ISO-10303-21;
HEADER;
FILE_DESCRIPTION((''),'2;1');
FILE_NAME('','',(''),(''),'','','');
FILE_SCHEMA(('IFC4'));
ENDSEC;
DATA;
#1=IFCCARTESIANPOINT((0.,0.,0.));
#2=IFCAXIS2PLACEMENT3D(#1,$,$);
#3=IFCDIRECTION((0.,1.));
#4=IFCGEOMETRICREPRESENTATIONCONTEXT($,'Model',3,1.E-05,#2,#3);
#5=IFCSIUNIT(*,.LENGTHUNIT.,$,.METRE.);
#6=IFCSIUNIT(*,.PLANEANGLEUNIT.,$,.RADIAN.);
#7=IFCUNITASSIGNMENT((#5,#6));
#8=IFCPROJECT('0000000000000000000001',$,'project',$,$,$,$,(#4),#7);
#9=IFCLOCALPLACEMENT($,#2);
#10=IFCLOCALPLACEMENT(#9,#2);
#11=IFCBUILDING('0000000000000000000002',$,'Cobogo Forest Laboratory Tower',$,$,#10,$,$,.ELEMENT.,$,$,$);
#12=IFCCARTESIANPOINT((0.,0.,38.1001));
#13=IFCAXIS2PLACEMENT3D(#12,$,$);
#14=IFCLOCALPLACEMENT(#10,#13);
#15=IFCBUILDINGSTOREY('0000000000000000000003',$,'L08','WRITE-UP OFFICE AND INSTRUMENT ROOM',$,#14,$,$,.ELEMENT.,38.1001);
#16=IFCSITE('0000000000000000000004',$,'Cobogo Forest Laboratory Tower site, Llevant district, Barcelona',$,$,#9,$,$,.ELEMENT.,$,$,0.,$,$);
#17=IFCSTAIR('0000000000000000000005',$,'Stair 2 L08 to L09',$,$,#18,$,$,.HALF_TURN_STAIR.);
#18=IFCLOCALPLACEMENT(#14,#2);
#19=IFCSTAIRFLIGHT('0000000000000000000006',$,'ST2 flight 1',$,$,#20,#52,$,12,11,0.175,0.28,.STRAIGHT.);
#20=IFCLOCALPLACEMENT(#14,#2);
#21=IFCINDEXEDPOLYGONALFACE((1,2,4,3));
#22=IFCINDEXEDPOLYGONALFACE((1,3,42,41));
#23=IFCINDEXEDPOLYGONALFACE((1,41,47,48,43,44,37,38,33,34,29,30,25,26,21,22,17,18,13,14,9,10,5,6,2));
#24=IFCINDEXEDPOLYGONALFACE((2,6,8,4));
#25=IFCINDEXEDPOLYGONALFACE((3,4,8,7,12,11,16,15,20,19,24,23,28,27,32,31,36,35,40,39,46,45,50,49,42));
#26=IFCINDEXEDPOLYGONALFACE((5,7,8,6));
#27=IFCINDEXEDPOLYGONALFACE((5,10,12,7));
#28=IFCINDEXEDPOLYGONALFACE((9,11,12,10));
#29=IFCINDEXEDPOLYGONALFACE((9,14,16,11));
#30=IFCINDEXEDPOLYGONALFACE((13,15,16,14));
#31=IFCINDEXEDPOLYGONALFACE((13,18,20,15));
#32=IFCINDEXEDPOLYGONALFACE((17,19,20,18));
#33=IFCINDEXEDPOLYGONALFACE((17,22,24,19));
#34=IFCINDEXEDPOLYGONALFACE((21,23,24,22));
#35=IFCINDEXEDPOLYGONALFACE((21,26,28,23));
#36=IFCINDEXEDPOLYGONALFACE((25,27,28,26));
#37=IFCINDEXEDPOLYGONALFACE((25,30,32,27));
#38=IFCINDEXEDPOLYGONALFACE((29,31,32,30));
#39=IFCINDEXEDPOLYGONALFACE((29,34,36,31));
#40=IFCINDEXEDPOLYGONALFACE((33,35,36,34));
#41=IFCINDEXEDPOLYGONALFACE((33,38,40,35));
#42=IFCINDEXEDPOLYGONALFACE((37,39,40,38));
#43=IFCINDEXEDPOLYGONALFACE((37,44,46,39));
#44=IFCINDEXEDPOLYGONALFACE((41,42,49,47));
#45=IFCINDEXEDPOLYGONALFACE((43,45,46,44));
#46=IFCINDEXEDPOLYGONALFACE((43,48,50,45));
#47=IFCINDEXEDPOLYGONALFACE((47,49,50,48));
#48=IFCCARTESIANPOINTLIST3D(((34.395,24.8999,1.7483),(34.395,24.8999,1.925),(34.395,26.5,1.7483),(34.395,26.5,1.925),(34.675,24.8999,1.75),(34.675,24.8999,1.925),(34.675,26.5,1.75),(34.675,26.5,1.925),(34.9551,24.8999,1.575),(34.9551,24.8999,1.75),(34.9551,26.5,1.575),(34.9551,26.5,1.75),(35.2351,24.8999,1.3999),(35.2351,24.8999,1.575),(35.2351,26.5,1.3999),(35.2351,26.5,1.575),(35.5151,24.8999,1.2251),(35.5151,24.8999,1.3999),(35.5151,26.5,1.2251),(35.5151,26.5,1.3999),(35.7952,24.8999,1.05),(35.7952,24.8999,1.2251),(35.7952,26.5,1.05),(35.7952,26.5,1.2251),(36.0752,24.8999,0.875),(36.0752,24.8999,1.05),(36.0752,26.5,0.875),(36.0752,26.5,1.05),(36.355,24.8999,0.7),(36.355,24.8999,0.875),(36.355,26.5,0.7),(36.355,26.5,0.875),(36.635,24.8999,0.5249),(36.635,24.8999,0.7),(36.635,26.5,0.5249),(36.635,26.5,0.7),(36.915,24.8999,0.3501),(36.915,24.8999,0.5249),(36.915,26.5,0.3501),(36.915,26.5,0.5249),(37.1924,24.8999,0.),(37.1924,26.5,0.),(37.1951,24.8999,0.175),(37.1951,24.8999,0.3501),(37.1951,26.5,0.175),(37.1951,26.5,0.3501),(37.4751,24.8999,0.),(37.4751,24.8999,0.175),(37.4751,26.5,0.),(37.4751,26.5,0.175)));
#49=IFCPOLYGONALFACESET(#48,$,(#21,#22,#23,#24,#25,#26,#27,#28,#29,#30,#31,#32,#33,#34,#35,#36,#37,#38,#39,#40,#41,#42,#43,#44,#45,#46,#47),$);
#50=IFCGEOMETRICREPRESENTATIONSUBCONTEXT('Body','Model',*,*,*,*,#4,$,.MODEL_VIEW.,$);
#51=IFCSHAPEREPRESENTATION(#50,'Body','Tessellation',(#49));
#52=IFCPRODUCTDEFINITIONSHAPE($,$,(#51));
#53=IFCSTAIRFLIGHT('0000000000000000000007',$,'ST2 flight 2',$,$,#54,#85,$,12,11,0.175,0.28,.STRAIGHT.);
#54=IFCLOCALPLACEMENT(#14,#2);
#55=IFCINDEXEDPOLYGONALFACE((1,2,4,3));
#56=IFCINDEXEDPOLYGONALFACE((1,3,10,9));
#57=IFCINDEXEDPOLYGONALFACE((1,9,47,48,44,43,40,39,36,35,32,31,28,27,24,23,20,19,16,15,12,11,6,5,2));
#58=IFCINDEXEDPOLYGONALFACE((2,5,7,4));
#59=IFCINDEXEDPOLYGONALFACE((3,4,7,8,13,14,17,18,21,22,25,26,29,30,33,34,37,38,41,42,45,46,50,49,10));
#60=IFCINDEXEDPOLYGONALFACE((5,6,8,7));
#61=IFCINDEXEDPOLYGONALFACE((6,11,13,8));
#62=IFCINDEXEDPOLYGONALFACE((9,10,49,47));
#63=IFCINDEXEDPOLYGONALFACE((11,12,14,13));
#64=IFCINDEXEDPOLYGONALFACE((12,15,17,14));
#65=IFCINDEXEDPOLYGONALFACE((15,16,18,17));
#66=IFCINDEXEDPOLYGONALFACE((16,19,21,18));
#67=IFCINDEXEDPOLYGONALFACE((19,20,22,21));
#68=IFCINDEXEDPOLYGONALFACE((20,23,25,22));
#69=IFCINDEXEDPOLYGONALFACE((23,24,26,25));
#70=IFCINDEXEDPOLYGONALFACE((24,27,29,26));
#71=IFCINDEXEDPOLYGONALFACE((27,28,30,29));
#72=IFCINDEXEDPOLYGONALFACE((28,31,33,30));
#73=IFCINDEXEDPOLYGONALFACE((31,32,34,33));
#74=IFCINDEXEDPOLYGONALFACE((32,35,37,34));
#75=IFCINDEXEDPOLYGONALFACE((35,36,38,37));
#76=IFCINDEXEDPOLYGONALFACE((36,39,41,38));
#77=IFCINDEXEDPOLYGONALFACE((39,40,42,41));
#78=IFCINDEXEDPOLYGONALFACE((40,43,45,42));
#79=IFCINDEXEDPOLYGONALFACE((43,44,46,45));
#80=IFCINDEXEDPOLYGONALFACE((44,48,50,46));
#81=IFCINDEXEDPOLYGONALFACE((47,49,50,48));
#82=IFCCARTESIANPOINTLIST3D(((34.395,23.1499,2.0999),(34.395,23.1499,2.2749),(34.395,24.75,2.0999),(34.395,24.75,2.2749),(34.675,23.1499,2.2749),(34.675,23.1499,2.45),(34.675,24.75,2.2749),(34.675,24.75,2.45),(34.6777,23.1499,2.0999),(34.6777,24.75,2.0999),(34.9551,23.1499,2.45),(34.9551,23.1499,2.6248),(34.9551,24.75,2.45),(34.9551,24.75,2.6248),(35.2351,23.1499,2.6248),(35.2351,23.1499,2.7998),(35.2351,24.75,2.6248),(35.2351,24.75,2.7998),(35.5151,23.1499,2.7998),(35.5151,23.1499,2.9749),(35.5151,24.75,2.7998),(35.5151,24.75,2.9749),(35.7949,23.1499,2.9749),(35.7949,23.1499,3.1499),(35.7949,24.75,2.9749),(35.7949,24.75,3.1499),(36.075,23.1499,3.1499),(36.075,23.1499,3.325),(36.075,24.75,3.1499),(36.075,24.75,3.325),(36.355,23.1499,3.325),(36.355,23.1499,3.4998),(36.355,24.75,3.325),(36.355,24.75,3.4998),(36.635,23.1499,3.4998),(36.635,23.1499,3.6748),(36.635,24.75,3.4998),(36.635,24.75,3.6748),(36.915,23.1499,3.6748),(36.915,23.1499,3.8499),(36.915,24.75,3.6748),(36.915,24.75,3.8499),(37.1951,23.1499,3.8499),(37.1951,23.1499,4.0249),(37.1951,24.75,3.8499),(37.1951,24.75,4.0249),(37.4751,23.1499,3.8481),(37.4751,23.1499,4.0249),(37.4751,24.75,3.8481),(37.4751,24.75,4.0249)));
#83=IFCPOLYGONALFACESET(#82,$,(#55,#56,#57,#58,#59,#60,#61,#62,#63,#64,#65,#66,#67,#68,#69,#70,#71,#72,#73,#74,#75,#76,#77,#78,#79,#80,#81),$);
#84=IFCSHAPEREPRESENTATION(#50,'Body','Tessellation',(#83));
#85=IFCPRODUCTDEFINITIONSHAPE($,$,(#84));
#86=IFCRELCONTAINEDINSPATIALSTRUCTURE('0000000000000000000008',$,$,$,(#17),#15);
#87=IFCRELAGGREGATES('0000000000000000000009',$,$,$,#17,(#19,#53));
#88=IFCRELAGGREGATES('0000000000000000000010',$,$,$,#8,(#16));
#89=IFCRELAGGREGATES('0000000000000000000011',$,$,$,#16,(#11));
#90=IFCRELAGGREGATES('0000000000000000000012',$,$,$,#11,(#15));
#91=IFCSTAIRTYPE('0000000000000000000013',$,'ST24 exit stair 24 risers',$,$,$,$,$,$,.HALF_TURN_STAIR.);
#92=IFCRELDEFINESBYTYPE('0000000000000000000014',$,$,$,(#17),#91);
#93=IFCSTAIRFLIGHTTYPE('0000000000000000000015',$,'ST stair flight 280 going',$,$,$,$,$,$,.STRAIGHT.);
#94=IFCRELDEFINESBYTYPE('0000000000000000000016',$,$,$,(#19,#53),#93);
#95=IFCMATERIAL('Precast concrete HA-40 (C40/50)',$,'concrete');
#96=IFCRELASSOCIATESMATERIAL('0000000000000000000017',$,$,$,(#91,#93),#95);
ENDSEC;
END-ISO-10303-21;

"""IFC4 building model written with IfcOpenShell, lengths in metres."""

from ifc_helpers import new_model, si_unit, direction, frame, origin, place, context, subcontext, project, spatial, polyline, outline, extrude, material, type_object, element, aggregate, save


model = new_model("IFC4")

# Units and contexts
model_context = context("Model", 3, precision=1e-05, world=origin(), true_north=direction((0.0, 1.0)))
body_context = subcontext(model_context, "Body", "Model", "MODEL_VIEW")
ifc_project = project(units=[si_unit("LENGTHUNIT", "METRE"), si_unit("PLANEANGLEUNIT", "RADIAN")], contexts=[model_context])

# Site, building, storey
site_placement = place(None, origin())
site = spatial("IfcSite", under=ifc_project, at=site_placement, Name="Cobogo Forest Laboratory Tower site, Llevant district, Barcelona", CompositionType="ELEMENT", RefElevation=0.0)
building_placement = place(site_placement, origin())
building = spatial("IfcBuilding", under=site, at=building_placement, Name="Cobogo Forest Laboratory Tower", CompositionType="ELEMENT")
storey_placement = place(building_placement, frame((0.0, 0.0, 38.1001)))
storey = spatial("IfcBuildingStorey", under=building, at=storey_placement, Name="L08", Description="WRITE-UP OFFICE AND INSTRUMENT ROOM", CompositionType="ELEMENT", Elevation=38.1001)

# Stair, stair flights
ifc_material_1 = material(Name="Precast concrete HA-40 (C40/50)", Category="concrete")
stair_type = type_object("IfcStairType", Name="ST24 exit stair 24 risers", PredefinedType="HALF_TURN_STAIR", material=ifc_material_1)
stair_placement = place(storey_placement, origin())
stair = element("IfcStair", 1, at=stair_placement, inside=storey, type_object=stair_type, Name="Stair 2 L08 to L09", PredefinedType="HALF_TURN_STAIR")
stair_flight_type = type_object("IfcStairFlightType", Name="ST stair flight 280 going", PredefinedType="STRAIGHT", material=ifc_material_1)
stair_flight_1_placement = place(storey_placement, frame((37.4751, 25.7, 0.0), z_axis=(0.0, 0.0, 1.0), x_axis=(-1.0, 0.0, 0.0)))
stair_flight_1 = element("IfcStairFlight", 2, at=stair_flight_1_placement, type_object=stair_flight_type, Name="ST2 flight 1", NumberOfRisers=12, NumberOfTreads=11, PredefinedType="STRAIGHT", RiserHeight=0.175, TreadLength=0.28, context=body_context, shape_type="SweptSolid", body=[
    extrude(outline(polyline([(0.0, 0.0), (0.0, 0.175), (0.28, 0.175), (0.28, 0.3501), (0.5601, 0.3501), (0.5601, 0.5249), (0.8401, 0.5249), (0.8401, 0.7), (1.1201, 0.7), (1.1201, 0.875), (1.3999, 0.875), (1.3999, 1.05), (1.6799, 1.05), (1.6799, 1.2251), (1.96, 1.2251), (1.96, 1.3999), (2.24, 1.3999), (2.24, 1.575), (2.52, 1.575), (2.52, 1.75), (2.8, 1.75), (2.8, 1.925), (3.0801, 1.925), (3.0801, 2.1001), (3.0801, 1.7483), (0.2827, 0.0), (0.0, 0.0)])), frame((0.0, 0.8, 0.0), z_axis=(0.0, -1.0, 0.0), x_axis=(1.0, 0.0, 0.0)), (0.0, 0.0, 1.0), 1.6001),
])
stair_flight_2_placement = place(storey_placement, frame((34.395, 23.95, 2.0999), z_axis=(0.0, 0.0, 1.0), x_axis=(1.0, 0.0, 0.0)))
stair_flight_2 = element("IfcStairFlight", 3, at=stair_flight_2_placement, type_object=stair_flight_type, Name="ST2 flight 2", NumberOfRisers=12, NumberOfTreads=11, PredefinedType="STRAIGHT", RiserHeight=0.175, TreadLength=0.28, context=body_context, shape_type="SweptSolid", body=[
    extrude(outline(polyline([(0.0, 0.0), (0.0, 0.175), (0.28, 0.175), (0.28, 0.3501), (0.5601, 0.3501), (0.5601, 0.5249), (0.8401, 0.5249), (0.8401, 0.7), (1.1201, 0.7), (1.1201, 0.875), (1.3999, 0.875), (1.3999, 1.05), (1.6799, 1.05), (1.6799, 1.2251), (1.96, 1.2251), (1.96, 1.3999), (2.24, 1.3999), (2.24, 1.575), (2.52, 1.575), (2.52, 1.75), (2.8, 1.75), (2.8, 1.925), (3.0801, 1.925), (3.0801, 2.1001), (3.0801, 1.7483), (0.2827, 0.0), (0.0, 0.0)])), frame((0.0, 0.8, 0.0), z_axis=(0.0, -1.0, 0.0), x_axis=(1.0, 0.0, 0.0)), (0.0, 0.0, 1.0), 1.6001),
])
aggregate(stair, [stair_flight_1, stair_flight_2])

save(model, "model.ifc")
